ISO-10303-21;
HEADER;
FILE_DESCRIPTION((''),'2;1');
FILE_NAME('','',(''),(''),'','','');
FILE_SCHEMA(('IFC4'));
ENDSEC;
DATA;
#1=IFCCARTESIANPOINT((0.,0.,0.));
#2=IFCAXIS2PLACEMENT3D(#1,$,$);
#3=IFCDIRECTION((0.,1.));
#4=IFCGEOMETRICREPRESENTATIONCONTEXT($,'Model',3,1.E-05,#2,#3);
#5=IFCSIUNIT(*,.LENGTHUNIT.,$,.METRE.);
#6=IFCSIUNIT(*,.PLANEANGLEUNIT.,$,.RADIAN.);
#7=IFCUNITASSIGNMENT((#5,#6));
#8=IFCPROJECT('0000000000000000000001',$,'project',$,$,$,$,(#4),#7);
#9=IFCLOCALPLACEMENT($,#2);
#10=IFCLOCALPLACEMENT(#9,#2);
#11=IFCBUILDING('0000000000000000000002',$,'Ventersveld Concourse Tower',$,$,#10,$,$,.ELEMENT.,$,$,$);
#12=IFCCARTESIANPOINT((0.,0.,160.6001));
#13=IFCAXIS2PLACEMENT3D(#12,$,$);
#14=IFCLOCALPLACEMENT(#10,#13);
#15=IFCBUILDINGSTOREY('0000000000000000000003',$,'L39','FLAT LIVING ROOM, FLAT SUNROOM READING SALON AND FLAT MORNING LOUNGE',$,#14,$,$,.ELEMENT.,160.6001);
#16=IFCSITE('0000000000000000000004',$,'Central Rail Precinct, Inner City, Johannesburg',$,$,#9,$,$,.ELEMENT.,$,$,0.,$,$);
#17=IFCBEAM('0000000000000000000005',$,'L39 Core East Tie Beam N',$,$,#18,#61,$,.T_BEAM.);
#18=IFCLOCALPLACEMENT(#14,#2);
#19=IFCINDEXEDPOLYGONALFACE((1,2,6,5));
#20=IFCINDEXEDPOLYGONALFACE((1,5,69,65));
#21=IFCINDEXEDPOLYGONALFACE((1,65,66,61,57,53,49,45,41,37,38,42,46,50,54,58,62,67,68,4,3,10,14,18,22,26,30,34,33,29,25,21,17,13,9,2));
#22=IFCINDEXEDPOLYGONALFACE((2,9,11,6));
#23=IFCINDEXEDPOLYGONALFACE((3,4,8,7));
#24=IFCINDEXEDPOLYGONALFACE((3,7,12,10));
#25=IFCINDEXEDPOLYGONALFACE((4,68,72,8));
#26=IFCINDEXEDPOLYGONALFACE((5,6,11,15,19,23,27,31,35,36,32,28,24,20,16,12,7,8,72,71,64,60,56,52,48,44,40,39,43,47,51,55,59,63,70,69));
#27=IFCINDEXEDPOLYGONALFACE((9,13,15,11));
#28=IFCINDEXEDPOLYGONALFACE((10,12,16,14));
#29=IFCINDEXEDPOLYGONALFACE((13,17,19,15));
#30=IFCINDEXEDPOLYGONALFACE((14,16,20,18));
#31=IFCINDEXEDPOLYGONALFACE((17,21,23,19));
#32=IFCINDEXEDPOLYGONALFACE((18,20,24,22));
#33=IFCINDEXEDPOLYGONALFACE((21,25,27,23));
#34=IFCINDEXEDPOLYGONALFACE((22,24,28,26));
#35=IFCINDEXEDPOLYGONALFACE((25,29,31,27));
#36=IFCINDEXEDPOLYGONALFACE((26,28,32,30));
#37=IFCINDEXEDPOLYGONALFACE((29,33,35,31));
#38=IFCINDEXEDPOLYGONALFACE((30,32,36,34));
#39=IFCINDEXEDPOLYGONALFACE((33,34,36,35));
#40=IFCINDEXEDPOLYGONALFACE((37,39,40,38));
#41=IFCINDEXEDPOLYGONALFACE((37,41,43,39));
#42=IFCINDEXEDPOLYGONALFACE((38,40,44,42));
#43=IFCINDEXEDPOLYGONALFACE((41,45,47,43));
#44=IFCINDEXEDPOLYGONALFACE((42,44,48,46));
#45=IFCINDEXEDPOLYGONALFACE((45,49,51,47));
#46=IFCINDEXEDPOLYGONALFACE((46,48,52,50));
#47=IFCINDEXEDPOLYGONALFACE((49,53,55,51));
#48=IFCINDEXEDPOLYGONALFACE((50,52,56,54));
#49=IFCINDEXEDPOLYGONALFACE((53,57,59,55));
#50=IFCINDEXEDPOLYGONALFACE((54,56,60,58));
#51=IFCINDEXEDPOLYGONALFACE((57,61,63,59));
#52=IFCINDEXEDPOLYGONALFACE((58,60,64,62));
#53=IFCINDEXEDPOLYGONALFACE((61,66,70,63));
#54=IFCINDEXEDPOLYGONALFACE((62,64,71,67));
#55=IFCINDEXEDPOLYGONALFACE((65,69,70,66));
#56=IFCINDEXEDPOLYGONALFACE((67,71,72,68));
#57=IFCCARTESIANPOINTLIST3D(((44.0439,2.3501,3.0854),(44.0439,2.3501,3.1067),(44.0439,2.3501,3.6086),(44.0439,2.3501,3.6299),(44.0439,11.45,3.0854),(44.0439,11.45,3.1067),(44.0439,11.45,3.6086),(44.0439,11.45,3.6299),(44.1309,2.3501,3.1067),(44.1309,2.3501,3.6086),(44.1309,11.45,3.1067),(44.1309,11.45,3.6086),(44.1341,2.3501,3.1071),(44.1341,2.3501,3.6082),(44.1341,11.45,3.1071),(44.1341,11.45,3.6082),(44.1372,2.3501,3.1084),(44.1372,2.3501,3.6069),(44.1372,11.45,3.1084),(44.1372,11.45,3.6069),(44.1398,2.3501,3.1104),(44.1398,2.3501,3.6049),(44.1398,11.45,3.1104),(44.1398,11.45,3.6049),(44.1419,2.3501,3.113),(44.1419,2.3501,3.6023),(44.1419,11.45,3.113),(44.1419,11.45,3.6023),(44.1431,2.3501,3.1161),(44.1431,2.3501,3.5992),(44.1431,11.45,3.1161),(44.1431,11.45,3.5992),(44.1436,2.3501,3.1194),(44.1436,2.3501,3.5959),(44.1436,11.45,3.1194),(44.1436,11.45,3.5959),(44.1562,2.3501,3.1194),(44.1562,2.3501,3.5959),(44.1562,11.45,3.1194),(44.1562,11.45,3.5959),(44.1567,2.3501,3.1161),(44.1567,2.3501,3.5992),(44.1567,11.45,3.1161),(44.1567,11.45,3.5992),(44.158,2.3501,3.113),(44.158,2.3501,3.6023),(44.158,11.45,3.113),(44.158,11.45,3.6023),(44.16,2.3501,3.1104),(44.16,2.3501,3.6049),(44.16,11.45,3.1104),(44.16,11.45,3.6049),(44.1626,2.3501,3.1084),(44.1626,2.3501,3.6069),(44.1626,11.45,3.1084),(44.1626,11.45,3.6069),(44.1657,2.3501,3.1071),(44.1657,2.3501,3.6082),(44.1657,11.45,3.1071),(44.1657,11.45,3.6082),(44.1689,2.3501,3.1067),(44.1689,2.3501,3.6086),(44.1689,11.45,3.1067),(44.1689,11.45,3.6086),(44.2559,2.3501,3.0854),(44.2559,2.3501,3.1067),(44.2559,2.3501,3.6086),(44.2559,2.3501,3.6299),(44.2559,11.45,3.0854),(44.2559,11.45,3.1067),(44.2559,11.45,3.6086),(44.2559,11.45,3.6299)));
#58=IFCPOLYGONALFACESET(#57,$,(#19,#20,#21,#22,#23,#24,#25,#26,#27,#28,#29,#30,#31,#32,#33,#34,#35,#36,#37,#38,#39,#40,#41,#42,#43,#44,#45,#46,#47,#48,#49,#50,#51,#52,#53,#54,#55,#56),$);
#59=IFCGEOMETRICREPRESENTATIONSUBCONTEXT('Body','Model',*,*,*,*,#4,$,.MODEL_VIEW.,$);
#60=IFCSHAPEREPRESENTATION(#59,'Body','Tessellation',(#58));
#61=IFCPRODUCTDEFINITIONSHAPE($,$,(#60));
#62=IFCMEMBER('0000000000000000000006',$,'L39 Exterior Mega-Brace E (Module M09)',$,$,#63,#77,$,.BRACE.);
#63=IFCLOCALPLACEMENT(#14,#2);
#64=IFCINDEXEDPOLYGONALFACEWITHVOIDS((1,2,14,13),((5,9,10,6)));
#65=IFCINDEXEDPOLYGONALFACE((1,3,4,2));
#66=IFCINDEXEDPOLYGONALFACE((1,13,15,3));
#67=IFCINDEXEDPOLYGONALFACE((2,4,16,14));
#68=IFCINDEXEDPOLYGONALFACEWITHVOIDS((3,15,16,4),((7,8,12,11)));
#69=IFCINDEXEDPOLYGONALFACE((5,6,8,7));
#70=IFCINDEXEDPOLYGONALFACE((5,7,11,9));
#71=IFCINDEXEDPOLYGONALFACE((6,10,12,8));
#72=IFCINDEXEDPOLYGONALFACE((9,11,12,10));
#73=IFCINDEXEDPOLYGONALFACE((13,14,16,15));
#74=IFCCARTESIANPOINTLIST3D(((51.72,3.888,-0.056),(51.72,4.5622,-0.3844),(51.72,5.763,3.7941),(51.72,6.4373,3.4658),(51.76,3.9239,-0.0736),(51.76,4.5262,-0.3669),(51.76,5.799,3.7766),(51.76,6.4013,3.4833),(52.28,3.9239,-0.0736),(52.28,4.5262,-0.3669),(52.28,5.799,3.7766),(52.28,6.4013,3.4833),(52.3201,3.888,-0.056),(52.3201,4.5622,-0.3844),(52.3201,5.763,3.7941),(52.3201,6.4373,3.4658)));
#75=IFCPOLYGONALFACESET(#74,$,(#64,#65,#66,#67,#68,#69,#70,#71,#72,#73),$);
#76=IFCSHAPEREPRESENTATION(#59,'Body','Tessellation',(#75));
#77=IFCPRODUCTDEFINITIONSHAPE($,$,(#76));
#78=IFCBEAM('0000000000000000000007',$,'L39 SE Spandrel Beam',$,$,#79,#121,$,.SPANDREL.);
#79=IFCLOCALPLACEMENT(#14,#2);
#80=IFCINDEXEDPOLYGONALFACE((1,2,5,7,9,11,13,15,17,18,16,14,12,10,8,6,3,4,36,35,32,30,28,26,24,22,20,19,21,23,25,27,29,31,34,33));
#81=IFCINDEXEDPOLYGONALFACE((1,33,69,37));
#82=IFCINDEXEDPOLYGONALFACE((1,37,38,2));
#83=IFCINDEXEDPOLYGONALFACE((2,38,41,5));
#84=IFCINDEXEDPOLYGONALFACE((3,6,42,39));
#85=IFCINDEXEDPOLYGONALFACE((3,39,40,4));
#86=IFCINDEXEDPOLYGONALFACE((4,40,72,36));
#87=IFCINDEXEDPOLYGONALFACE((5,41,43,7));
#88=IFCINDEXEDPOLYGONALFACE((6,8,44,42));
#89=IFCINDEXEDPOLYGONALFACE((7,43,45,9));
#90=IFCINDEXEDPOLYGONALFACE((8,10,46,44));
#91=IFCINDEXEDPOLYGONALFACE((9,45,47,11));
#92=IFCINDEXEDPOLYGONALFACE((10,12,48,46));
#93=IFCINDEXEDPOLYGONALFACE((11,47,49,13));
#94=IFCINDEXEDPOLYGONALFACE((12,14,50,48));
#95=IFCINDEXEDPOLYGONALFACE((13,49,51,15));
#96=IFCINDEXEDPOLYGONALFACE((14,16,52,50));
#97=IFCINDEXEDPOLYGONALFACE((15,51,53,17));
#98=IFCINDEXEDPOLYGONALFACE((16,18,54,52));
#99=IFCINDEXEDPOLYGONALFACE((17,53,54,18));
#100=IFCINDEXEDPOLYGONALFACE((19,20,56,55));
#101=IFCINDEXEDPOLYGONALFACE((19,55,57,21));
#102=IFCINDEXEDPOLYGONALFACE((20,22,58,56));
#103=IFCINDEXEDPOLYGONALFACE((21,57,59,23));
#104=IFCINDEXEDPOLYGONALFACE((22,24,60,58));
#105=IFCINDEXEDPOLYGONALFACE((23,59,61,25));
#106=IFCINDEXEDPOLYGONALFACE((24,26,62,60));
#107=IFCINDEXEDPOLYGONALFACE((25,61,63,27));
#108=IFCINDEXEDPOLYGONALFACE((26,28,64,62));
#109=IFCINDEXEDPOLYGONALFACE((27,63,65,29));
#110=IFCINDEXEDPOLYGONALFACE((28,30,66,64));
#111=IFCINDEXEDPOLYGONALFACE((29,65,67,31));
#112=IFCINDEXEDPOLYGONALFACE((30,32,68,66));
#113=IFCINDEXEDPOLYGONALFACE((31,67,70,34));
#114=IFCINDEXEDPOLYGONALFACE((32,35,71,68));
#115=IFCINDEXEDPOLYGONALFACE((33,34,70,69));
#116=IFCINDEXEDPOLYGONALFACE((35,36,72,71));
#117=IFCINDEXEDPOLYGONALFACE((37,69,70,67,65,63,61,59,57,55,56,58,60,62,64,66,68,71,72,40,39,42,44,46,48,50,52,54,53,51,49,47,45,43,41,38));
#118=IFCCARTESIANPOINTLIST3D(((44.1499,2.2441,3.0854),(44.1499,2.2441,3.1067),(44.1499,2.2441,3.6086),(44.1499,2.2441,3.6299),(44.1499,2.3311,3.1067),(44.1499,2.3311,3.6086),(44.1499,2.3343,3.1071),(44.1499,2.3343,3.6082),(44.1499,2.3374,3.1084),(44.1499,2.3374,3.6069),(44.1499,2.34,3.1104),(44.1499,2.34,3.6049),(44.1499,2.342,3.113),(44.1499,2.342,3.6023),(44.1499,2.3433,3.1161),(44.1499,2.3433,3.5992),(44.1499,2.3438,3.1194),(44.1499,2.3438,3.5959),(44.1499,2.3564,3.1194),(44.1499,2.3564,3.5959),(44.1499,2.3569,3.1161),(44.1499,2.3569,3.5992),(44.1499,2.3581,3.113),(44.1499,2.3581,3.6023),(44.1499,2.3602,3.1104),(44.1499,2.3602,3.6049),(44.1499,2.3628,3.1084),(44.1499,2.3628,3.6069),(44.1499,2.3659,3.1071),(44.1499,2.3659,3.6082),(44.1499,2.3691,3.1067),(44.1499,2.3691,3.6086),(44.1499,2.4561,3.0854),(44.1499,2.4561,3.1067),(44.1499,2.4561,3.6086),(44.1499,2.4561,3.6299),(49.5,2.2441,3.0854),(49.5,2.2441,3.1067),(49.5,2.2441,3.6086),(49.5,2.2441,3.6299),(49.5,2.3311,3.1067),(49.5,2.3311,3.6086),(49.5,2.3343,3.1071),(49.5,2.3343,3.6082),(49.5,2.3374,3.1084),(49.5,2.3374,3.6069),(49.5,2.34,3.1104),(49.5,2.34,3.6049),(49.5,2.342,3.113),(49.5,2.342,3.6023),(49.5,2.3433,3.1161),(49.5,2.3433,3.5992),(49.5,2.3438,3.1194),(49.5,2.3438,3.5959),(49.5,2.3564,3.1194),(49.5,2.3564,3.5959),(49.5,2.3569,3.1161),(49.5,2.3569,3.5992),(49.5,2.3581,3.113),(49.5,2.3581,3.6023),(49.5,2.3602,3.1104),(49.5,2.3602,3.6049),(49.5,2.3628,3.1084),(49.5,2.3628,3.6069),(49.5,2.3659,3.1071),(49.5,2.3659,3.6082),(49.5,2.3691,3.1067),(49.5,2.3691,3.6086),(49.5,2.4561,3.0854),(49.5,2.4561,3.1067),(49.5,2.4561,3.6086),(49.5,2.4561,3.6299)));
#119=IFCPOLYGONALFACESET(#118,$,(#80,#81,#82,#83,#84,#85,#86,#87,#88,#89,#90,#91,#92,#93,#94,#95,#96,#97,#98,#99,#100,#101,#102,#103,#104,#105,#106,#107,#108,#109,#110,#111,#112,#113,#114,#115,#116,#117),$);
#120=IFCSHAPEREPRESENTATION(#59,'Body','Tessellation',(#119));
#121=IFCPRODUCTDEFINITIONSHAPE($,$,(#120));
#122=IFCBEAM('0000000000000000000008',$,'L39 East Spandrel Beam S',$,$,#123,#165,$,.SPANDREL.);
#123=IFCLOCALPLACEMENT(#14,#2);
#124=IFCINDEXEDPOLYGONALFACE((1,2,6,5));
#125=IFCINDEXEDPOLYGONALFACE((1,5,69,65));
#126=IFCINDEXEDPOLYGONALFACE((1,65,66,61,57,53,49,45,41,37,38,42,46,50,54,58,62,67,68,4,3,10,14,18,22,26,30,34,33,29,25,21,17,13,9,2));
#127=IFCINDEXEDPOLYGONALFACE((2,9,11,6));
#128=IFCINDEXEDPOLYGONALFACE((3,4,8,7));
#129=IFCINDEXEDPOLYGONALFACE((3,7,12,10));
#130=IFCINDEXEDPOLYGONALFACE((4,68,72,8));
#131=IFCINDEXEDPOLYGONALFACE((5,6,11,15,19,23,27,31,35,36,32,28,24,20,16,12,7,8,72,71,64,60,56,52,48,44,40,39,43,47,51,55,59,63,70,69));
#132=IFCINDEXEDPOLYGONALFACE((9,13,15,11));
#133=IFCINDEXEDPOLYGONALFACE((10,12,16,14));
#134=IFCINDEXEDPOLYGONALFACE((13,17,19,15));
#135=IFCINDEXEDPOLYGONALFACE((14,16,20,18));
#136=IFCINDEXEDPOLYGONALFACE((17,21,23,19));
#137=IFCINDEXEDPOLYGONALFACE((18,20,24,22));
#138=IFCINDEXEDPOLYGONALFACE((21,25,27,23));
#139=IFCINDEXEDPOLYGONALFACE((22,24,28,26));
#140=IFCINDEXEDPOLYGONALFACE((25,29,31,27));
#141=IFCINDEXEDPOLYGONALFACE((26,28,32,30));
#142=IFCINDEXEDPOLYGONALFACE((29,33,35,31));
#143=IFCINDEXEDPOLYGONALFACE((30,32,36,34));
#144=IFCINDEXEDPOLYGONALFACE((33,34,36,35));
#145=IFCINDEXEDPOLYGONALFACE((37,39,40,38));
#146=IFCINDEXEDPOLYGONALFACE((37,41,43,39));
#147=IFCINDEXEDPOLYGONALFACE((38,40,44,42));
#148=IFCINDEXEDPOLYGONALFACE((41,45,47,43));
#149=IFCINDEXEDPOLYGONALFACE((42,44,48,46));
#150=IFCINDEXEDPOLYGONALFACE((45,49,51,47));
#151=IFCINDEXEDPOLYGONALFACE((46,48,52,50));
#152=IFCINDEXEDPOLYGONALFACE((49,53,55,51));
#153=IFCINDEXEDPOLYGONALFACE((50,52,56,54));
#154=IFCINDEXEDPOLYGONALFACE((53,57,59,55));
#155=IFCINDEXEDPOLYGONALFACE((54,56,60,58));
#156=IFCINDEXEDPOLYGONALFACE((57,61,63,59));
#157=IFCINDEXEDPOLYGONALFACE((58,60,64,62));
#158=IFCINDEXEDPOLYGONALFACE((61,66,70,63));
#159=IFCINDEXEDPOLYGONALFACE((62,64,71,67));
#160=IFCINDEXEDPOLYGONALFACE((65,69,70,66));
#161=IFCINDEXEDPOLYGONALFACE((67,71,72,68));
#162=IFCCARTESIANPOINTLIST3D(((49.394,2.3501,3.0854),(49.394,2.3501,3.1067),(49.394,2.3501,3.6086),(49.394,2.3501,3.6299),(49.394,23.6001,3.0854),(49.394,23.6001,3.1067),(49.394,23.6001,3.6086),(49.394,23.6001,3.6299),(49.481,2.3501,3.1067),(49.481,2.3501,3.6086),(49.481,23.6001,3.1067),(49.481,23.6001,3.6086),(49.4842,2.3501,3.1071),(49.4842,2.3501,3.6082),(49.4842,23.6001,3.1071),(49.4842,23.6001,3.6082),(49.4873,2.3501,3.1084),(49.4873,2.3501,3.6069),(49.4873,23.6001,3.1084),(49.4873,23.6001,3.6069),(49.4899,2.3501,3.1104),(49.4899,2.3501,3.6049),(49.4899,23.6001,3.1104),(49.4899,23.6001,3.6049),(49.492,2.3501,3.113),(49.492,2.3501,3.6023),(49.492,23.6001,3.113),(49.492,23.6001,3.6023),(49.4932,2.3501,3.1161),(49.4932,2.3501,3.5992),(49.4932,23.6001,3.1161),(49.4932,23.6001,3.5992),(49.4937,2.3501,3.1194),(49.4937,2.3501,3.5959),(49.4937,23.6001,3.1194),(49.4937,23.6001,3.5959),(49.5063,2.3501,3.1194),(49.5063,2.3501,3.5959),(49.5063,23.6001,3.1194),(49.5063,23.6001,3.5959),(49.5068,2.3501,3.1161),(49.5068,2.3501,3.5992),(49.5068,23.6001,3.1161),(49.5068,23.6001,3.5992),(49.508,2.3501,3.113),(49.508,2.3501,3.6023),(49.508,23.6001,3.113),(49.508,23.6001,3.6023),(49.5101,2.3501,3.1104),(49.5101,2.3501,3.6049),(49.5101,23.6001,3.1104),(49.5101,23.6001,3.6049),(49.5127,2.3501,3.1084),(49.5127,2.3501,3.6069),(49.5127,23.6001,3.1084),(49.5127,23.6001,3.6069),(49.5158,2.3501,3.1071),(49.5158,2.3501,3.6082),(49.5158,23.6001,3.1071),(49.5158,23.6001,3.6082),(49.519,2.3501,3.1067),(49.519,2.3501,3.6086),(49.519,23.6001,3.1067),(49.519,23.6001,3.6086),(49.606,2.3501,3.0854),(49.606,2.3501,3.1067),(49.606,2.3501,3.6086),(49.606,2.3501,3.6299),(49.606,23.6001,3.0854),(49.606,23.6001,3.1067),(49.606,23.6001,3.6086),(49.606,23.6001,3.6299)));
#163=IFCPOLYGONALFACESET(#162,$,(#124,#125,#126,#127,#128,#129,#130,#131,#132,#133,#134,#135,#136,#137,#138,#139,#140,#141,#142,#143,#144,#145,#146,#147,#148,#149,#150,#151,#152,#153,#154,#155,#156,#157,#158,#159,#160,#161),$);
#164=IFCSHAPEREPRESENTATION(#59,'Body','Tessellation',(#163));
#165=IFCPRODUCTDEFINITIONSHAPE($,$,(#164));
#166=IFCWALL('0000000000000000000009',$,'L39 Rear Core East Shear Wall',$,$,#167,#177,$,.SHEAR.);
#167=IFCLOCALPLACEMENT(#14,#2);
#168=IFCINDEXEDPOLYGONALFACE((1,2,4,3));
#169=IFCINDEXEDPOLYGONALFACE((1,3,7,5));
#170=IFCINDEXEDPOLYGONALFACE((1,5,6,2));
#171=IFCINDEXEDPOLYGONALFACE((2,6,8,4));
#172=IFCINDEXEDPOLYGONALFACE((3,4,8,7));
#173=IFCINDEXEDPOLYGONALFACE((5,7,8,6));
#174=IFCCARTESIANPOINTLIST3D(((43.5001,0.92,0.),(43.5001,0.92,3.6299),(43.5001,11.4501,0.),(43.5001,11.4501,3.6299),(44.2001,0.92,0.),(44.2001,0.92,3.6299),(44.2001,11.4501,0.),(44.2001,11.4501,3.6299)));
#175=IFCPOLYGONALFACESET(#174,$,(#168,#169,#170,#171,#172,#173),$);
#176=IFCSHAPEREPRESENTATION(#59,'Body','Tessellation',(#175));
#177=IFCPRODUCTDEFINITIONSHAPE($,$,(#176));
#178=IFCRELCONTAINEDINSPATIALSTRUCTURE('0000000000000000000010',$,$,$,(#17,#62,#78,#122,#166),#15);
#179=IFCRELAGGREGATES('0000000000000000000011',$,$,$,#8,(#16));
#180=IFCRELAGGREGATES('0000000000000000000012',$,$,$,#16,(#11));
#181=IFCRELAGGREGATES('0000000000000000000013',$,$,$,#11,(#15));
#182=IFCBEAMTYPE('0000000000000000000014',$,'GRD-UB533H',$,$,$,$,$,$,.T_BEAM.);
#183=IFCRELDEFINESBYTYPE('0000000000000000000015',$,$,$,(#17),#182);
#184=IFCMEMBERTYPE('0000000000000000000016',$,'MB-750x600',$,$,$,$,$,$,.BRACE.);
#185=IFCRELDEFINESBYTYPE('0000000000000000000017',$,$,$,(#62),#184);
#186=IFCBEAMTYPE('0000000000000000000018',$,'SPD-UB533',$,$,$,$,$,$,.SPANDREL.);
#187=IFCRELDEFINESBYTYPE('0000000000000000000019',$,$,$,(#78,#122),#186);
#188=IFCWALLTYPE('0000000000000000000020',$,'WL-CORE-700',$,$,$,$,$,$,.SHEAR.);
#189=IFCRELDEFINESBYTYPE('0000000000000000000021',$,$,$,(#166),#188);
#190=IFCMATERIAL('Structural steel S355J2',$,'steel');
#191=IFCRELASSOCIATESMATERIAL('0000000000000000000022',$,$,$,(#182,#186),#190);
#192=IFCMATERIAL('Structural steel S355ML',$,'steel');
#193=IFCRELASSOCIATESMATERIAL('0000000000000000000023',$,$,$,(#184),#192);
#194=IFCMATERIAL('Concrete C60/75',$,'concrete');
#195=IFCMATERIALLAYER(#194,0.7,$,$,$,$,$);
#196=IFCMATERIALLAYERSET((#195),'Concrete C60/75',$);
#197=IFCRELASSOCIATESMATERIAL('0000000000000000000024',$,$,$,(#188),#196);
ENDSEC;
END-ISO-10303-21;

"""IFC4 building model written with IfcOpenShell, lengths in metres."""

from ifc_helpers import new_model, si_unit, direction, frame, frame_2d, origin, origin_2d, place, context, subcontext, project, spatial, rectangle, hollow_rectangle, i_section, extrude, material, layer, layer_set, material_profile, profile_set, type_object, element, save


model = new_model("IFC4")

# Units and contexts
model_context = context("Model", 3, precision=1e-05, world=origin(), true_north=direction((0.0, 1.0)))
body_context = subcontext(model_context, "Body", "Model", "MODEL_VIEW")
ifc_project = project(units=[si_unit("LENGTHUNIT", "METRE"), si_unit("PLANEANGLEUNIT", "RADIAN")], contexts=[model_context])

# Site, building, storey
site_placement = place(None, origin())
site = spatial("IfcSite", under=ifc_project, at=site_placement, Name="Central Rail Precinct, Inner City, Johannesburg", CompositionType="ELEMENT", RefElevation=0.0)
building_placement = place(site_placement, origin())
building = spatial("IfcBuilding", under=site, at=building_placement, Name="Ventersveld Concourse Tower", CompositionType="ELEMENT")
storey_placement = place(building_placement, frame((0.0, 0.0, 160.6001)))
storey = spatial("IfcBuildingStorey", under=building, at=storey_placement, Name="L39", Description="FLAT LIVING ROOM, FLAT SUNROOM READING SALON AND FLAT MORNING LOUNGE", CompositionType="ELEMENT", Elevation=160.6001)

# Beam
ifc_material_1 = material(Name="Structural steel S355J2", Category="steel")
ifc_material_profile_1 = material_profile(ifc_material_1, i_section(OverallWidth=0.2119, OverallDepth=0.5444, WebThickness=0.0127, FlangeThickness=0.0212, FilletRadius=0.0127, at=origin_2d()), Name="UB 533x210x122")
ifc_profile_set_1 = profile_set([ifc_material_profile_1], Name="Structural steel S355J2")
beam_type_1 = type_object("IfcBeamType", Name="GRD-UB533H", PredefinedType="T_BEAM", material=ifc_profile_set_1)
beam_1_placement = place(storey_placement, frame((44.1499, 2.3501, 3.3577), z_axis=(0.0, 1.0, 0.0), x_axis=(-1.0, 0.0, 0.0)))
element("IfcBeam", 1, at=beam_1_placement, inside=storey, type_object=beam_type_1, Name="L39 Core East Tie Beam N", PredefinedType="T_BEAM", context=body_context, shape_type="SweptSolid", body=[
    extrude(i_section(OverallWidth=0.2119, OverallDepth=0.5444, WebThickness=0.0127, FlangeThickness=0.0212, FilletRadius=0.0127, at=origin_2d()), origin(), (0.0, 0.0, 1.0), 9.0999),
])

# Member
ifc_material_2 = material(Name="Structural steel S355ML", Category="steel")
ifc_material_profile_2 = material_profile(ifc_material_2, hollow_rectangle(XDim=0.6001, YDim=0.75, WallThickness=0.04, at=origin_2d()), Name="BOX 750x600x40")
ifc_profile_set_2 = profile_set([ifc_material_profile_2], Name="Structural steel S355ML")
member_type = type_object("IfcMemberType", Name="MB-750x600", PredefinedType="BRACE", material=ifc_profile_set_2)
member_placement = place(storey_placement, frame((52.02, 4.2251, -0.2202), z_axis=(0.0, 0.437839, 0.899053), x_axis=(-1.0, 0.0, 0.0)))
element("IfcMember", 2, at=member_placement, inside=storey, type_object=member_type, Name="L39 Exterior Mega-Brace E (Module M09)", PredefinedType="BRACE", context=body_context, shape_type="SweptSolid", body=[
    extrude(hollow_rectangle(XDim=0.6001, YDim=0.75, WallThickness=0.04, at=origin_2d()), origin(), (0.0, 0.0, 1.0), 4.2825),
])

# Beams
ifc_material_profile_3 = material_profile(ifc_material_1, i_section(OverallWidth=0.2119, OverallDepth=0.5444, WebThickness=0.0127, FlangeThickness=0.0212, FilletRadius=0.0127, at=origin_2d()), Name="UB 533x210x122")
ifc_profile_set_3 = profile_set([ifc_material_profile_3], Name="Structural steel S355J2")
beam_type_2 = type_object("IfcBeamType", Name="SPD-UB533", PredefinedType="SPANDREL", material=ifc_profile_set_3)
beam_2_placement = place(storey_placement, frame((44.1499, 2.3501, 3.3577), z_axis=(1.0, 0.0, 0.0), x_axis=(0.0, 1.0, 0.0)))
element("IfcBeam", 3, at=beam_2_placement, inside=storey, type_object=beam_type_2, Name="L39 SE Spandrel Beam", PredefinedType="SPANDREL", context=body_context, shape_type="SweptSolid", body=[
    extrude(i_section(OverallWidth=0.2119, OverallDepth=0.5444, WebThickness=0.0127, FlangeThickness=0.0212, FilletRadius=0.0127, at=origin_2d()), origin(), (0.0, 0.0, 1.0), 5.3501),
])
beam_3_placement = place(storey_placement, frame((49.5, 2.3501, 3.3577), z_axis=(0.0, 1.0, 0.0), x_axis=(-1.0, 0.0, 0.0)))
element("IfcBeam", 4, at=beam_3_placement, inside=storey, type_object=beam_type_2, Name="L39 East Spandrel Beam S", PredefinedType="SPANDREL", context=body_context, shape_type="SweptSolid", body=[
    extrude(i_section(OverallWidth=0.2119, OverallDepth=0.5444, WebThickness=0.0127, FlangeThickness=0.0212, FilletRadius=0.0127, at=origin_2d()), origin(), (0.0, 0.0, 1.0), 21.25),
])

# Wall
ifc_material_3 = material(Name="Concrete C60/75", Category="concrete")
ifc_layer_1 = layer(ifc_material_3, 0.7)
ifc_layer_set_1 = layer_set([ifc_layer_1], Name="Concrete C60/75")
wall_type_1 = type_object("IfcWallType", Name="WL-CORE-700", PredefinedType="SHEAR", material=ifc_layer_set_1)
wall_1_placement = place(storey_placement, frame((43.8501, 0.9199, 0.0), z_axis=(0.0, 0.0, 1.0), x_axis=(0.0, 1.0, 0.0)))
element("IfcWall", 5, at=wall_1_placement, inside=storey, type_object=wall_type_1, Name="L39 Rear Core East Shear Wall", PredefinedType="SHEAR", context=body_context, shape_type="SweptSolid", body=[
    extrude(rectangle(XDim=10.53, YDim=0.7, at=frame_2d((5.2651, 0.0))), origin(), (0.0, 0.0, 1.0), 3.6299),
])

save(model, "model.ifc")
